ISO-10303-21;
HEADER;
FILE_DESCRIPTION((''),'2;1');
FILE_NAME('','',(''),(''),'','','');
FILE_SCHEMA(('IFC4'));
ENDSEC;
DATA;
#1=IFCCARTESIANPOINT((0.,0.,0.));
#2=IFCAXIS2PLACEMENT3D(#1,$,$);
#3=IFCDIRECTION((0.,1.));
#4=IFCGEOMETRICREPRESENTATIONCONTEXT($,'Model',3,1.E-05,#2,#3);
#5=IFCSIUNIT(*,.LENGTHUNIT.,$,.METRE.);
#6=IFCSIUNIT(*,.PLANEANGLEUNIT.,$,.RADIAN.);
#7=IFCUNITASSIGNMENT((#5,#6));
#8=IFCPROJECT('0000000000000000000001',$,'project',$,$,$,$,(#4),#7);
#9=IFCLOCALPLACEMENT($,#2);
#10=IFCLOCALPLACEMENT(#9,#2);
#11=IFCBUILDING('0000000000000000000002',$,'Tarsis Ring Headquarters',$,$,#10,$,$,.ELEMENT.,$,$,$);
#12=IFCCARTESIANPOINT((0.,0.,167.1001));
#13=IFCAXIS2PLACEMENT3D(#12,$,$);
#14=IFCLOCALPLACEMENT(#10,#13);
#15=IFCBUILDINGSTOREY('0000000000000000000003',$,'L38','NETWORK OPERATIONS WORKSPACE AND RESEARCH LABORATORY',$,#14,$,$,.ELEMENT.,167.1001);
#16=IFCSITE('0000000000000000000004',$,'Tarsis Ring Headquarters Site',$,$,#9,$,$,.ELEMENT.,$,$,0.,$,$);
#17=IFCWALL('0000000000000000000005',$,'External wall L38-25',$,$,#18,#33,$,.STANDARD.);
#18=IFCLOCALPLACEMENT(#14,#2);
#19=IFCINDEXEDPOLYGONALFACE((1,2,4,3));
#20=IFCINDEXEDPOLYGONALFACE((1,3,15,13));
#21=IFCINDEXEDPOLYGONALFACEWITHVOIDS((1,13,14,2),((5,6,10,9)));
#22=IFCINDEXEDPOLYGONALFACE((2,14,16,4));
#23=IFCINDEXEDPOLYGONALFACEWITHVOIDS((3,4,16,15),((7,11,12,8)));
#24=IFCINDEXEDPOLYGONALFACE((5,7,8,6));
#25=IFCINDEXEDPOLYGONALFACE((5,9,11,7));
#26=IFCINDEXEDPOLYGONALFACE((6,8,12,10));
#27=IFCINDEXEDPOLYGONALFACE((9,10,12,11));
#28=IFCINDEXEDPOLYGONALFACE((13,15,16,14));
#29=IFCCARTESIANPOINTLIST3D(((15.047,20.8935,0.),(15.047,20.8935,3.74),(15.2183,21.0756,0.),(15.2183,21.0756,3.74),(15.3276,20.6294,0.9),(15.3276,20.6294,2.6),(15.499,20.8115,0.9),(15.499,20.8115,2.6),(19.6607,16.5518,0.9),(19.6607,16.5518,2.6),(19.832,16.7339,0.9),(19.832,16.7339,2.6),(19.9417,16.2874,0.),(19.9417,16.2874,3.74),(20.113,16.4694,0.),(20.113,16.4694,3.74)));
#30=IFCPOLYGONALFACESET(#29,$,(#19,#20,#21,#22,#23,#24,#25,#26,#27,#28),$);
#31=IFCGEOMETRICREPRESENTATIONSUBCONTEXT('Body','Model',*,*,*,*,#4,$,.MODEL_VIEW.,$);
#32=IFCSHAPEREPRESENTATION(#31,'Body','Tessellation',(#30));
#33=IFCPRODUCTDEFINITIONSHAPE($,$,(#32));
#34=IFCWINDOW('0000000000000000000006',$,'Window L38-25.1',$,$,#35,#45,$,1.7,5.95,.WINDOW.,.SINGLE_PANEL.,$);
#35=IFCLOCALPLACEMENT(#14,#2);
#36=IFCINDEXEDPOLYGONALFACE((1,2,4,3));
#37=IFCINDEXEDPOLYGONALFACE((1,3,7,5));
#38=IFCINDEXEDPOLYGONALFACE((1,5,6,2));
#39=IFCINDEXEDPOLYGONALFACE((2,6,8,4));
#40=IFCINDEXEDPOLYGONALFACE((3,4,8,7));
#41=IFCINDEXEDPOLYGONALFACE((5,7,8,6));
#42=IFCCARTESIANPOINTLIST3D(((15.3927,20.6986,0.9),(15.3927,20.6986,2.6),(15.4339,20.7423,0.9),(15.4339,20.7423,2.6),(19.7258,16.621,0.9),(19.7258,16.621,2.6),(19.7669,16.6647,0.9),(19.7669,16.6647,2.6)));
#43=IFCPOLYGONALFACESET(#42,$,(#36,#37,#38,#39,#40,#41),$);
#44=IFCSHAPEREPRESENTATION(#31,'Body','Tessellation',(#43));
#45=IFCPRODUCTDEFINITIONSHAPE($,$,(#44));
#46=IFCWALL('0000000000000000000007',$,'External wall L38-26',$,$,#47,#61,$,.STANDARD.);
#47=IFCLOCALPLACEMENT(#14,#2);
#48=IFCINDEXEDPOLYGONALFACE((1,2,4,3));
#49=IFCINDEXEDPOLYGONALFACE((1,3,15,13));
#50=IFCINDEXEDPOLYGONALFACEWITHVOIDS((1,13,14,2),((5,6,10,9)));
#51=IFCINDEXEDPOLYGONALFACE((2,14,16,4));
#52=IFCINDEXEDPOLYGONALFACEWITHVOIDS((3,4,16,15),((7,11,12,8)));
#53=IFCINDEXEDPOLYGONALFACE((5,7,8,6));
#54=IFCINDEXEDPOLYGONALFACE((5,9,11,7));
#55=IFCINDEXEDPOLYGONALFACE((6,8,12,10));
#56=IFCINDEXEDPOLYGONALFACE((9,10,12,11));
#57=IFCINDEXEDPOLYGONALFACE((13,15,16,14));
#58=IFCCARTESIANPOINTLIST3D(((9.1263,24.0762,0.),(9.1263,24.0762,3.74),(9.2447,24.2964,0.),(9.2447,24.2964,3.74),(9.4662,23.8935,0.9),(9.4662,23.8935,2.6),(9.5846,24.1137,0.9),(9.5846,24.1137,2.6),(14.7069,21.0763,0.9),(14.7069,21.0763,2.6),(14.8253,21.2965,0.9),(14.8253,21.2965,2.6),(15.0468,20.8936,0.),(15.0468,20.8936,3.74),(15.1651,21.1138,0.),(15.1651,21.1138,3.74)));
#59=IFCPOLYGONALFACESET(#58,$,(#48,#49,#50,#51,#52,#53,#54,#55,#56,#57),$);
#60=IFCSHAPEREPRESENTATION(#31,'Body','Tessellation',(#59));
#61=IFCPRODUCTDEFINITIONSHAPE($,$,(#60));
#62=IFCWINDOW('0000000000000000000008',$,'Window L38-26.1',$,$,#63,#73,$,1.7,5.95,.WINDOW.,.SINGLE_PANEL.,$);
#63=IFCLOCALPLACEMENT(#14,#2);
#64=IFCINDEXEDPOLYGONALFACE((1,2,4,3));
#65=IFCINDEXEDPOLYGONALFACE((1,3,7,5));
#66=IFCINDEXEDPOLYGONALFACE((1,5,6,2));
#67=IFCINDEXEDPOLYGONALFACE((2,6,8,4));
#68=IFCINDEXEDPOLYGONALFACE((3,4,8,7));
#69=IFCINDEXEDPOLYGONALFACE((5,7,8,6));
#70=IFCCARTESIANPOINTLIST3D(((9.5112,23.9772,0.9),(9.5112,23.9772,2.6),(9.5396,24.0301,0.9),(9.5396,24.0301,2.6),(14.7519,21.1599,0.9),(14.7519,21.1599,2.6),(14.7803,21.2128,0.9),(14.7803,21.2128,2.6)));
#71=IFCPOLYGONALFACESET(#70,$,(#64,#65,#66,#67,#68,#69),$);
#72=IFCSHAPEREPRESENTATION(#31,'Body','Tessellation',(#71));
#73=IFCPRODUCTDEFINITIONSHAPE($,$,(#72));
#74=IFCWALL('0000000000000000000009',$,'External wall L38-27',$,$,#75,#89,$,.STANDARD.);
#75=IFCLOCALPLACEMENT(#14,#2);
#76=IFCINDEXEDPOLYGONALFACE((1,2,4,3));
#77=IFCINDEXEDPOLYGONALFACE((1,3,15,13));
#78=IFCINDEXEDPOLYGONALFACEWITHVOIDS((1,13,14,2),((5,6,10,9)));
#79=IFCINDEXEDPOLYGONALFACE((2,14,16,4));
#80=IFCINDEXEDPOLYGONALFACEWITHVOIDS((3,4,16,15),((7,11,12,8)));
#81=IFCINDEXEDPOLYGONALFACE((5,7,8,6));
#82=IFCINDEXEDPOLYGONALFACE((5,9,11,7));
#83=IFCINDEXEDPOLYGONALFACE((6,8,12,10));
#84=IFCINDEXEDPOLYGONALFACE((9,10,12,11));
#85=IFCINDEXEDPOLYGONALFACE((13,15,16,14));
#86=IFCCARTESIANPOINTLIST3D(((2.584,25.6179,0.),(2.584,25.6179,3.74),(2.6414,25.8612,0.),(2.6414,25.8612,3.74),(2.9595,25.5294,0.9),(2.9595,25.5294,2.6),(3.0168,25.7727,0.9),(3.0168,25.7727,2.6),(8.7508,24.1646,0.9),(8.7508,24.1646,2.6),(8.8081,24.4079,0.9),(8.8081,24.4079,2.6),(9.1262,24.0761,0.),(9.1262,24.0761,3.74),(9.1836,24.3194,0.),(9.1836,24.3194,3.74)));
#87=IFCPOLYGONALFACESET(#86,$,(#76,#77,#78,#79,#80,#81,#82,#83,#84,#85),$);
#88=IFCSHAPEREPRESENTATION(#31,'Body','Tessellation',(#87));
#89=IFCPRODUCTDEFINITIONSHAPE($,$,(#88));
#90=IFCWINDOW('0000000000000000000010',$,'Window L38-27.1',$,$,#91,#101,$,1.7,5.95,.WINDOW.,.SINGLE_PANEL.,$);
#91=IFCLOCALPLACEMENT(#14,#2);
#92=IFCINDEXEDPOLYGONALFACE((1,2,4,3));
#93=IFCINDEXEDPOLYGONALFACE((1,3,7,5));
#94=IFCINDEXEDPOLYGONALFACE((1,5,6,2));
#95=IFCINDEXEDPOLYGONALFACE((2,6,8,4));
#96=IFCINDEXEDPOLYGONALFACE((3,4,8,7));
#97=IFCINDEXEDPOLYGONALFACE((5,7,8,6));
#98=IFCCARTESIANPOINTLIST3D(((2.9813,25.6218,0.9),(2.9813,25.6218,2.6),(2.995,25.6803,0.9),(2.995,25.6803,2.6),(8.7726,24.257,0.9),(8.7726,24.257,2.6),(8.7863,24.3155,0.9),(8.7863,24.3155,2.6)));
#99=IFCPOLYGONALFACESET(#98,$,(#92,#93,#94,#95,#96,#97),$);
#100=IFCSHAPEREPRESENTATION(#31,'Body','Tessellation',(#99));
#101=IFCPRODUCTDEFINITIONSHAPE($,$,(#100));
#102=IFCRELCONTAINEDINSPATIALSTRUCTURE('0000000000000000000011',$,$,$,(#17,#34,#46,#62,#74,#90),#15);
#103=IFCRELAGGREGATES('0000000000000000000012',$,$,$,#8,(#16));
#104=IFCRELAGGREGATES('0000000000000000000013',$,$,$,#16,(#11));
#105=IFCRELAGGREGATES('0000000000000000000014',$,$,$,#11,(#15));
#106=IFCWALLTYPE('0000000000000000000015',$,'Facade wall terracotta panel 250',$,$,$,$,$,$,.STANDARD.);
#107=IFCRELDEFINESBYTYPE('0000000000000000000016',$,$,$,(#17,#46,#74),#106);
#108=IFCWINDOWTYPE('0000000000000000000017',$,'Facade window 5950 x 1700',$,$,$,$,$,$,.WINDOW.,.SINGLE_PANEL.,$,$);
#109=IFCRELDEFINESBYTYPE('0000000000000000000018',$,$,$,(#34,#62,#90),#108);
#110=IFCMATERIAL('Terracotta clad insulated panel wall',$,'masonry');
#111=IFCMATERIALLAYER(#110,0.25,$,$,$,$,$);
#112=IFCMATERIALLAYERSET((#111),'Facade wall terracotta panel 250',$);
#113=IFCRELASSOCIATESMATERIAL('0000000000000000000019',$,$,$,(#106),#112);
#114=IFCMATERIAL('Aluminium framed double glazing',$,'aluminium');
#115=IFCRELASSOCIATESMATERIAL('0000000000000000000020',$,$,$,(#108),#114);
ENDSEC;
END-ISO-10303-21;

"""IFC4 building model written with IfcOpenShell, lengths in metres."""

from ifc_helpers import new_model, si_unit, direction, frame, frame_2d, origin, place, context, subcontext, project, spatial, rectangle, extrude, material, layer, layer_set, type_object, element, fill, save


model = new_model("IFC4")

# Units and contexts
model_context = context("Model", 3, precision=1e-05, world=origin(), true_north=direction((0.0, 1.0)))
body_context = subcontext(model_context, "Body", "Model", "MODEL_VIEW")
ifc_project = project(units=[si_unit("LENGTHUNIT", "METRE"), si_unit("PLANEANGLEUNIT", "RADIAN")], contexts=[model_context])

# Site, building, storey
site_placement = place(None, origin())
site = spatial("IfcSite", under=ifc_project, at=site_placement, Name="Tarsis Ring Headquarters Site", CompositionType="ELEMENT", RefElevation=0.0)
building_placement = place(site_placement, origin())
building = spatial("IfcBuilding", under=site, at=building_placement, Name="Tarsis Ring Headquarters", CompositionType="ELEMENT")
storey_placement = place(building_placement, frame((0.0, 0.0, 167.1001)))
storey = spatial("IfcBuildingStorey", under=building, at=storey_placement, Name="L38", Description="NETWORK OPERATIONS WORKSPACE AND RESEARCH LABORATORY", CompositionType="ELEMENT", Elevation=167.1001)

# Walls, openings, windows
ifc_material_1 = material(Name="Terracotta clad insulated panel wall", Category="masonry")
ifc_layer = layer(ifc_material_1, 0.25)
ifc_layer_set = layer_set([ifc_layer], Name="Facade wall terracotta panel 250")
wall_type = type_object("IfcWallType", Name="Facade wall terracotta panel 250", PredefinedType="STANDARD", material=ifc_layer_set)
wall_1_placement = place(storey_placement, frame((20.0273, 16.3784, 0.0), z_axis=(0.0, 0.0, 1.0), x_axis=(-0.728248, 0.685314, 0.0)))
wall_1 = element("IfcWall", 1, at=wall_1_placement, inside=storey, type_object=wall_type, Name="External wall L38-25", PredefinedType="STANDARD", context=body_context, shape_type="SweptSolid", body=[
    extrude(rectangle(XDim=6.7212, YDim=0.25, at=frame_2d((3.3606, 0.0))), origin(), (0.0, 0.0, 1.0), 3.74),
])
opening_1_placement = place(wall_1_placement, frame((0.3857, 0.0, 0.8999)))
opening_1 = element("IfcOpeningElement", 2, at=opening_1_placement, cuts=wall_1, PredefinedType="OPENING", context=body_context, shape_type="SweptSolid", body=[
    extrude(rectangle(XDim=5.95, YDim=1.7, at=frame_2d((2.9751, 0.8501))), frame((0.0, 0.135, 0.0), z_axis=(0.0, -1.0, 0.0), x_axis=(1.0, 0.0, 0.0)), (0.0, 0.0, 1.0), 0.27),
])
ifc_material_2 = material(Name="Aluminium framed double glazing", Category="aluminium")
window_type = type_object("IfcWindowType", Name="Facade window 5950 x 1700", PartitioningType="SINGLE_PANEL", PredefinedType="WINDOW", material=ifc_material_2)
window_1_placement = place(opening_1_placement, origin())
window_1 = element("IfcWindow", 3, at=window_1_placement, inside=storey, type_object=window_type, Name="Window L38-25.1", OverallHeight=1.7, OverallWidth=5.95, PartitioningType="SINGLE_PANEL", PredefinedType="WINDOW", context=body_context, shape_type="SweptSolid", body=[
    extrude(rectangle(XDim=5.95, YDim=1.7, at=frame_2d((2.9751, 0.8501))), frame((0.0, 0.03, 0.0), z_axis=(0.0, -1.0, 0.0), x_axis=(1.0, 0.0, 0.0)), (0.0, 0.0, 1.0), 0.0601),
])
fill(opening_1, window_1)
wall_2_placement = place(storey_placement, frame((15.106, 21.0037, 0.0), z_axis=(0.0, 0.0, 1.0), x_axis=(-0.8808, 0.473489, 0.0)))
wall_2 = element("IfcWall", 4, at=wall_2_placement, inside=storey, type_object=wall_type, Name="External wall L38-26", PredefinedType="STANDARD", context=body_context, shape_type="SweptSolid", body=[
    extrude(rectangle(XDim=6.7217, YDim=0.25, at=frame_2d((3.3608, 0.0))), origin(), (0.0, 0.0, 1.0), 3.74),
])
opening_2_placement = place(wall_2_placement, frame((0.3857, 0.0, 0.8999)))
opening_2 = element("IfcOpeningElement", 5, at=opening_2_placement, cuts=wall_2, PredefinedType="OPENING", context=body_context, shape_type="SweptSolid", body=[
    extrude(rectangle(XDim=5.95, YDim=1.7, at=frame_2d((2.9751, 0.8501))), frame((0.0, 0.135, 0.0), z_axis=(0.0, -1.0, 0.0), x_axis=(1.0, 0.0, 0.0)), (0.0, 0.0, 1.0), 0.27),
])
window_2_placement = place(opening_2_placement, origin())
window_2 = element("IfcWindow", 6, at=window_2_placement, inside=storey, type_object=window_type, Name="Window L38-26.1", OverallHeight=1.7, OverallWidth=5.95, PartitioningType="SINGLE_PANEL", PredefinedType="WINDOW", context=body_context, shape_type="SweptSolid", body=[
    extrude(rectangle(XDim=5.95, YDim=1.7, at=frame_2d((2.9751, 0.8501))), frame((0.0, 0.03, 0.0), z_axis=(0.0, -1.0, 0.0), x_axis=(1.0, 0.0, 0.0)), (0.0, 0.0, 1.0), 0.0601),
])
fill(opening_2, window_2)
wall_3_placement = place(storey_placement, frame((9.155, 24.1978, 0.0), z_axis=(0.0, 0.0, 1.0), x_axis=(-0.973338, 0.229377, 0.0)))
wall_3 = element("IfcWall", 7, at=wall_3_placement, inside=storey, type_object=wall_type, Name="External wall L38-27", PredefinedType="STANDARD", context=body_context, shape_type="SweptSolid", body=[
    extrude(rectangle(XDim=6.7214, YDim=0.25, at=frame_2d((3.3608, 0.0))), origin(), (0.0, 0.0, 1.0), 3.74),
])
opening_3_placement = place(wall_3_placement, frame((0.3857, 0.0, 0.8999)))
opening_3 = element("IfcOpeningElement", 8, at=opening_3_placement, cuts=wall_3, PredefinedType="OPENING", context=body_context, shape_type="SweptSolid", body=[
    extrude(rectangle(XDim=5.95, YDim=1.7, at=frame_2d((2.9751, 0.8501))), frame((0.0, 0.135, 0.0), z_axis=(0.0, -1.0, 0.0), x_axis=(1.0, 0.0, 0.0)), (0.0, 0.0, 1.0), 0.27),
])
window_3_placement = place(opening_3_placement, origin())
window_3 = element("IfcWindow", 9, at=window_3_placement, inside=storey, type_object=window_type, Name="Window L38-27.1", OverallHeight=1.7, OverallWidth=5.95, PartitioningType="SINGLE_PANEL", PredefinedType="WINDOW", context=body_context, shape_type="SweptSolid", body=[
    extrude(rectangle(XDim=5.95, YDim=1.7, at=frame_2d((2.9751, 0.8501))), frame((0.0, 0.03, 0.0), z_axis=(0.0, -1.0, 0.0), x_axis=(1.0, 0.0, 0.0)), (0.0, 0.0, 1.0), 0.0601),
])
fill(opening_3, window_3)

save(model, "model.ifc")
